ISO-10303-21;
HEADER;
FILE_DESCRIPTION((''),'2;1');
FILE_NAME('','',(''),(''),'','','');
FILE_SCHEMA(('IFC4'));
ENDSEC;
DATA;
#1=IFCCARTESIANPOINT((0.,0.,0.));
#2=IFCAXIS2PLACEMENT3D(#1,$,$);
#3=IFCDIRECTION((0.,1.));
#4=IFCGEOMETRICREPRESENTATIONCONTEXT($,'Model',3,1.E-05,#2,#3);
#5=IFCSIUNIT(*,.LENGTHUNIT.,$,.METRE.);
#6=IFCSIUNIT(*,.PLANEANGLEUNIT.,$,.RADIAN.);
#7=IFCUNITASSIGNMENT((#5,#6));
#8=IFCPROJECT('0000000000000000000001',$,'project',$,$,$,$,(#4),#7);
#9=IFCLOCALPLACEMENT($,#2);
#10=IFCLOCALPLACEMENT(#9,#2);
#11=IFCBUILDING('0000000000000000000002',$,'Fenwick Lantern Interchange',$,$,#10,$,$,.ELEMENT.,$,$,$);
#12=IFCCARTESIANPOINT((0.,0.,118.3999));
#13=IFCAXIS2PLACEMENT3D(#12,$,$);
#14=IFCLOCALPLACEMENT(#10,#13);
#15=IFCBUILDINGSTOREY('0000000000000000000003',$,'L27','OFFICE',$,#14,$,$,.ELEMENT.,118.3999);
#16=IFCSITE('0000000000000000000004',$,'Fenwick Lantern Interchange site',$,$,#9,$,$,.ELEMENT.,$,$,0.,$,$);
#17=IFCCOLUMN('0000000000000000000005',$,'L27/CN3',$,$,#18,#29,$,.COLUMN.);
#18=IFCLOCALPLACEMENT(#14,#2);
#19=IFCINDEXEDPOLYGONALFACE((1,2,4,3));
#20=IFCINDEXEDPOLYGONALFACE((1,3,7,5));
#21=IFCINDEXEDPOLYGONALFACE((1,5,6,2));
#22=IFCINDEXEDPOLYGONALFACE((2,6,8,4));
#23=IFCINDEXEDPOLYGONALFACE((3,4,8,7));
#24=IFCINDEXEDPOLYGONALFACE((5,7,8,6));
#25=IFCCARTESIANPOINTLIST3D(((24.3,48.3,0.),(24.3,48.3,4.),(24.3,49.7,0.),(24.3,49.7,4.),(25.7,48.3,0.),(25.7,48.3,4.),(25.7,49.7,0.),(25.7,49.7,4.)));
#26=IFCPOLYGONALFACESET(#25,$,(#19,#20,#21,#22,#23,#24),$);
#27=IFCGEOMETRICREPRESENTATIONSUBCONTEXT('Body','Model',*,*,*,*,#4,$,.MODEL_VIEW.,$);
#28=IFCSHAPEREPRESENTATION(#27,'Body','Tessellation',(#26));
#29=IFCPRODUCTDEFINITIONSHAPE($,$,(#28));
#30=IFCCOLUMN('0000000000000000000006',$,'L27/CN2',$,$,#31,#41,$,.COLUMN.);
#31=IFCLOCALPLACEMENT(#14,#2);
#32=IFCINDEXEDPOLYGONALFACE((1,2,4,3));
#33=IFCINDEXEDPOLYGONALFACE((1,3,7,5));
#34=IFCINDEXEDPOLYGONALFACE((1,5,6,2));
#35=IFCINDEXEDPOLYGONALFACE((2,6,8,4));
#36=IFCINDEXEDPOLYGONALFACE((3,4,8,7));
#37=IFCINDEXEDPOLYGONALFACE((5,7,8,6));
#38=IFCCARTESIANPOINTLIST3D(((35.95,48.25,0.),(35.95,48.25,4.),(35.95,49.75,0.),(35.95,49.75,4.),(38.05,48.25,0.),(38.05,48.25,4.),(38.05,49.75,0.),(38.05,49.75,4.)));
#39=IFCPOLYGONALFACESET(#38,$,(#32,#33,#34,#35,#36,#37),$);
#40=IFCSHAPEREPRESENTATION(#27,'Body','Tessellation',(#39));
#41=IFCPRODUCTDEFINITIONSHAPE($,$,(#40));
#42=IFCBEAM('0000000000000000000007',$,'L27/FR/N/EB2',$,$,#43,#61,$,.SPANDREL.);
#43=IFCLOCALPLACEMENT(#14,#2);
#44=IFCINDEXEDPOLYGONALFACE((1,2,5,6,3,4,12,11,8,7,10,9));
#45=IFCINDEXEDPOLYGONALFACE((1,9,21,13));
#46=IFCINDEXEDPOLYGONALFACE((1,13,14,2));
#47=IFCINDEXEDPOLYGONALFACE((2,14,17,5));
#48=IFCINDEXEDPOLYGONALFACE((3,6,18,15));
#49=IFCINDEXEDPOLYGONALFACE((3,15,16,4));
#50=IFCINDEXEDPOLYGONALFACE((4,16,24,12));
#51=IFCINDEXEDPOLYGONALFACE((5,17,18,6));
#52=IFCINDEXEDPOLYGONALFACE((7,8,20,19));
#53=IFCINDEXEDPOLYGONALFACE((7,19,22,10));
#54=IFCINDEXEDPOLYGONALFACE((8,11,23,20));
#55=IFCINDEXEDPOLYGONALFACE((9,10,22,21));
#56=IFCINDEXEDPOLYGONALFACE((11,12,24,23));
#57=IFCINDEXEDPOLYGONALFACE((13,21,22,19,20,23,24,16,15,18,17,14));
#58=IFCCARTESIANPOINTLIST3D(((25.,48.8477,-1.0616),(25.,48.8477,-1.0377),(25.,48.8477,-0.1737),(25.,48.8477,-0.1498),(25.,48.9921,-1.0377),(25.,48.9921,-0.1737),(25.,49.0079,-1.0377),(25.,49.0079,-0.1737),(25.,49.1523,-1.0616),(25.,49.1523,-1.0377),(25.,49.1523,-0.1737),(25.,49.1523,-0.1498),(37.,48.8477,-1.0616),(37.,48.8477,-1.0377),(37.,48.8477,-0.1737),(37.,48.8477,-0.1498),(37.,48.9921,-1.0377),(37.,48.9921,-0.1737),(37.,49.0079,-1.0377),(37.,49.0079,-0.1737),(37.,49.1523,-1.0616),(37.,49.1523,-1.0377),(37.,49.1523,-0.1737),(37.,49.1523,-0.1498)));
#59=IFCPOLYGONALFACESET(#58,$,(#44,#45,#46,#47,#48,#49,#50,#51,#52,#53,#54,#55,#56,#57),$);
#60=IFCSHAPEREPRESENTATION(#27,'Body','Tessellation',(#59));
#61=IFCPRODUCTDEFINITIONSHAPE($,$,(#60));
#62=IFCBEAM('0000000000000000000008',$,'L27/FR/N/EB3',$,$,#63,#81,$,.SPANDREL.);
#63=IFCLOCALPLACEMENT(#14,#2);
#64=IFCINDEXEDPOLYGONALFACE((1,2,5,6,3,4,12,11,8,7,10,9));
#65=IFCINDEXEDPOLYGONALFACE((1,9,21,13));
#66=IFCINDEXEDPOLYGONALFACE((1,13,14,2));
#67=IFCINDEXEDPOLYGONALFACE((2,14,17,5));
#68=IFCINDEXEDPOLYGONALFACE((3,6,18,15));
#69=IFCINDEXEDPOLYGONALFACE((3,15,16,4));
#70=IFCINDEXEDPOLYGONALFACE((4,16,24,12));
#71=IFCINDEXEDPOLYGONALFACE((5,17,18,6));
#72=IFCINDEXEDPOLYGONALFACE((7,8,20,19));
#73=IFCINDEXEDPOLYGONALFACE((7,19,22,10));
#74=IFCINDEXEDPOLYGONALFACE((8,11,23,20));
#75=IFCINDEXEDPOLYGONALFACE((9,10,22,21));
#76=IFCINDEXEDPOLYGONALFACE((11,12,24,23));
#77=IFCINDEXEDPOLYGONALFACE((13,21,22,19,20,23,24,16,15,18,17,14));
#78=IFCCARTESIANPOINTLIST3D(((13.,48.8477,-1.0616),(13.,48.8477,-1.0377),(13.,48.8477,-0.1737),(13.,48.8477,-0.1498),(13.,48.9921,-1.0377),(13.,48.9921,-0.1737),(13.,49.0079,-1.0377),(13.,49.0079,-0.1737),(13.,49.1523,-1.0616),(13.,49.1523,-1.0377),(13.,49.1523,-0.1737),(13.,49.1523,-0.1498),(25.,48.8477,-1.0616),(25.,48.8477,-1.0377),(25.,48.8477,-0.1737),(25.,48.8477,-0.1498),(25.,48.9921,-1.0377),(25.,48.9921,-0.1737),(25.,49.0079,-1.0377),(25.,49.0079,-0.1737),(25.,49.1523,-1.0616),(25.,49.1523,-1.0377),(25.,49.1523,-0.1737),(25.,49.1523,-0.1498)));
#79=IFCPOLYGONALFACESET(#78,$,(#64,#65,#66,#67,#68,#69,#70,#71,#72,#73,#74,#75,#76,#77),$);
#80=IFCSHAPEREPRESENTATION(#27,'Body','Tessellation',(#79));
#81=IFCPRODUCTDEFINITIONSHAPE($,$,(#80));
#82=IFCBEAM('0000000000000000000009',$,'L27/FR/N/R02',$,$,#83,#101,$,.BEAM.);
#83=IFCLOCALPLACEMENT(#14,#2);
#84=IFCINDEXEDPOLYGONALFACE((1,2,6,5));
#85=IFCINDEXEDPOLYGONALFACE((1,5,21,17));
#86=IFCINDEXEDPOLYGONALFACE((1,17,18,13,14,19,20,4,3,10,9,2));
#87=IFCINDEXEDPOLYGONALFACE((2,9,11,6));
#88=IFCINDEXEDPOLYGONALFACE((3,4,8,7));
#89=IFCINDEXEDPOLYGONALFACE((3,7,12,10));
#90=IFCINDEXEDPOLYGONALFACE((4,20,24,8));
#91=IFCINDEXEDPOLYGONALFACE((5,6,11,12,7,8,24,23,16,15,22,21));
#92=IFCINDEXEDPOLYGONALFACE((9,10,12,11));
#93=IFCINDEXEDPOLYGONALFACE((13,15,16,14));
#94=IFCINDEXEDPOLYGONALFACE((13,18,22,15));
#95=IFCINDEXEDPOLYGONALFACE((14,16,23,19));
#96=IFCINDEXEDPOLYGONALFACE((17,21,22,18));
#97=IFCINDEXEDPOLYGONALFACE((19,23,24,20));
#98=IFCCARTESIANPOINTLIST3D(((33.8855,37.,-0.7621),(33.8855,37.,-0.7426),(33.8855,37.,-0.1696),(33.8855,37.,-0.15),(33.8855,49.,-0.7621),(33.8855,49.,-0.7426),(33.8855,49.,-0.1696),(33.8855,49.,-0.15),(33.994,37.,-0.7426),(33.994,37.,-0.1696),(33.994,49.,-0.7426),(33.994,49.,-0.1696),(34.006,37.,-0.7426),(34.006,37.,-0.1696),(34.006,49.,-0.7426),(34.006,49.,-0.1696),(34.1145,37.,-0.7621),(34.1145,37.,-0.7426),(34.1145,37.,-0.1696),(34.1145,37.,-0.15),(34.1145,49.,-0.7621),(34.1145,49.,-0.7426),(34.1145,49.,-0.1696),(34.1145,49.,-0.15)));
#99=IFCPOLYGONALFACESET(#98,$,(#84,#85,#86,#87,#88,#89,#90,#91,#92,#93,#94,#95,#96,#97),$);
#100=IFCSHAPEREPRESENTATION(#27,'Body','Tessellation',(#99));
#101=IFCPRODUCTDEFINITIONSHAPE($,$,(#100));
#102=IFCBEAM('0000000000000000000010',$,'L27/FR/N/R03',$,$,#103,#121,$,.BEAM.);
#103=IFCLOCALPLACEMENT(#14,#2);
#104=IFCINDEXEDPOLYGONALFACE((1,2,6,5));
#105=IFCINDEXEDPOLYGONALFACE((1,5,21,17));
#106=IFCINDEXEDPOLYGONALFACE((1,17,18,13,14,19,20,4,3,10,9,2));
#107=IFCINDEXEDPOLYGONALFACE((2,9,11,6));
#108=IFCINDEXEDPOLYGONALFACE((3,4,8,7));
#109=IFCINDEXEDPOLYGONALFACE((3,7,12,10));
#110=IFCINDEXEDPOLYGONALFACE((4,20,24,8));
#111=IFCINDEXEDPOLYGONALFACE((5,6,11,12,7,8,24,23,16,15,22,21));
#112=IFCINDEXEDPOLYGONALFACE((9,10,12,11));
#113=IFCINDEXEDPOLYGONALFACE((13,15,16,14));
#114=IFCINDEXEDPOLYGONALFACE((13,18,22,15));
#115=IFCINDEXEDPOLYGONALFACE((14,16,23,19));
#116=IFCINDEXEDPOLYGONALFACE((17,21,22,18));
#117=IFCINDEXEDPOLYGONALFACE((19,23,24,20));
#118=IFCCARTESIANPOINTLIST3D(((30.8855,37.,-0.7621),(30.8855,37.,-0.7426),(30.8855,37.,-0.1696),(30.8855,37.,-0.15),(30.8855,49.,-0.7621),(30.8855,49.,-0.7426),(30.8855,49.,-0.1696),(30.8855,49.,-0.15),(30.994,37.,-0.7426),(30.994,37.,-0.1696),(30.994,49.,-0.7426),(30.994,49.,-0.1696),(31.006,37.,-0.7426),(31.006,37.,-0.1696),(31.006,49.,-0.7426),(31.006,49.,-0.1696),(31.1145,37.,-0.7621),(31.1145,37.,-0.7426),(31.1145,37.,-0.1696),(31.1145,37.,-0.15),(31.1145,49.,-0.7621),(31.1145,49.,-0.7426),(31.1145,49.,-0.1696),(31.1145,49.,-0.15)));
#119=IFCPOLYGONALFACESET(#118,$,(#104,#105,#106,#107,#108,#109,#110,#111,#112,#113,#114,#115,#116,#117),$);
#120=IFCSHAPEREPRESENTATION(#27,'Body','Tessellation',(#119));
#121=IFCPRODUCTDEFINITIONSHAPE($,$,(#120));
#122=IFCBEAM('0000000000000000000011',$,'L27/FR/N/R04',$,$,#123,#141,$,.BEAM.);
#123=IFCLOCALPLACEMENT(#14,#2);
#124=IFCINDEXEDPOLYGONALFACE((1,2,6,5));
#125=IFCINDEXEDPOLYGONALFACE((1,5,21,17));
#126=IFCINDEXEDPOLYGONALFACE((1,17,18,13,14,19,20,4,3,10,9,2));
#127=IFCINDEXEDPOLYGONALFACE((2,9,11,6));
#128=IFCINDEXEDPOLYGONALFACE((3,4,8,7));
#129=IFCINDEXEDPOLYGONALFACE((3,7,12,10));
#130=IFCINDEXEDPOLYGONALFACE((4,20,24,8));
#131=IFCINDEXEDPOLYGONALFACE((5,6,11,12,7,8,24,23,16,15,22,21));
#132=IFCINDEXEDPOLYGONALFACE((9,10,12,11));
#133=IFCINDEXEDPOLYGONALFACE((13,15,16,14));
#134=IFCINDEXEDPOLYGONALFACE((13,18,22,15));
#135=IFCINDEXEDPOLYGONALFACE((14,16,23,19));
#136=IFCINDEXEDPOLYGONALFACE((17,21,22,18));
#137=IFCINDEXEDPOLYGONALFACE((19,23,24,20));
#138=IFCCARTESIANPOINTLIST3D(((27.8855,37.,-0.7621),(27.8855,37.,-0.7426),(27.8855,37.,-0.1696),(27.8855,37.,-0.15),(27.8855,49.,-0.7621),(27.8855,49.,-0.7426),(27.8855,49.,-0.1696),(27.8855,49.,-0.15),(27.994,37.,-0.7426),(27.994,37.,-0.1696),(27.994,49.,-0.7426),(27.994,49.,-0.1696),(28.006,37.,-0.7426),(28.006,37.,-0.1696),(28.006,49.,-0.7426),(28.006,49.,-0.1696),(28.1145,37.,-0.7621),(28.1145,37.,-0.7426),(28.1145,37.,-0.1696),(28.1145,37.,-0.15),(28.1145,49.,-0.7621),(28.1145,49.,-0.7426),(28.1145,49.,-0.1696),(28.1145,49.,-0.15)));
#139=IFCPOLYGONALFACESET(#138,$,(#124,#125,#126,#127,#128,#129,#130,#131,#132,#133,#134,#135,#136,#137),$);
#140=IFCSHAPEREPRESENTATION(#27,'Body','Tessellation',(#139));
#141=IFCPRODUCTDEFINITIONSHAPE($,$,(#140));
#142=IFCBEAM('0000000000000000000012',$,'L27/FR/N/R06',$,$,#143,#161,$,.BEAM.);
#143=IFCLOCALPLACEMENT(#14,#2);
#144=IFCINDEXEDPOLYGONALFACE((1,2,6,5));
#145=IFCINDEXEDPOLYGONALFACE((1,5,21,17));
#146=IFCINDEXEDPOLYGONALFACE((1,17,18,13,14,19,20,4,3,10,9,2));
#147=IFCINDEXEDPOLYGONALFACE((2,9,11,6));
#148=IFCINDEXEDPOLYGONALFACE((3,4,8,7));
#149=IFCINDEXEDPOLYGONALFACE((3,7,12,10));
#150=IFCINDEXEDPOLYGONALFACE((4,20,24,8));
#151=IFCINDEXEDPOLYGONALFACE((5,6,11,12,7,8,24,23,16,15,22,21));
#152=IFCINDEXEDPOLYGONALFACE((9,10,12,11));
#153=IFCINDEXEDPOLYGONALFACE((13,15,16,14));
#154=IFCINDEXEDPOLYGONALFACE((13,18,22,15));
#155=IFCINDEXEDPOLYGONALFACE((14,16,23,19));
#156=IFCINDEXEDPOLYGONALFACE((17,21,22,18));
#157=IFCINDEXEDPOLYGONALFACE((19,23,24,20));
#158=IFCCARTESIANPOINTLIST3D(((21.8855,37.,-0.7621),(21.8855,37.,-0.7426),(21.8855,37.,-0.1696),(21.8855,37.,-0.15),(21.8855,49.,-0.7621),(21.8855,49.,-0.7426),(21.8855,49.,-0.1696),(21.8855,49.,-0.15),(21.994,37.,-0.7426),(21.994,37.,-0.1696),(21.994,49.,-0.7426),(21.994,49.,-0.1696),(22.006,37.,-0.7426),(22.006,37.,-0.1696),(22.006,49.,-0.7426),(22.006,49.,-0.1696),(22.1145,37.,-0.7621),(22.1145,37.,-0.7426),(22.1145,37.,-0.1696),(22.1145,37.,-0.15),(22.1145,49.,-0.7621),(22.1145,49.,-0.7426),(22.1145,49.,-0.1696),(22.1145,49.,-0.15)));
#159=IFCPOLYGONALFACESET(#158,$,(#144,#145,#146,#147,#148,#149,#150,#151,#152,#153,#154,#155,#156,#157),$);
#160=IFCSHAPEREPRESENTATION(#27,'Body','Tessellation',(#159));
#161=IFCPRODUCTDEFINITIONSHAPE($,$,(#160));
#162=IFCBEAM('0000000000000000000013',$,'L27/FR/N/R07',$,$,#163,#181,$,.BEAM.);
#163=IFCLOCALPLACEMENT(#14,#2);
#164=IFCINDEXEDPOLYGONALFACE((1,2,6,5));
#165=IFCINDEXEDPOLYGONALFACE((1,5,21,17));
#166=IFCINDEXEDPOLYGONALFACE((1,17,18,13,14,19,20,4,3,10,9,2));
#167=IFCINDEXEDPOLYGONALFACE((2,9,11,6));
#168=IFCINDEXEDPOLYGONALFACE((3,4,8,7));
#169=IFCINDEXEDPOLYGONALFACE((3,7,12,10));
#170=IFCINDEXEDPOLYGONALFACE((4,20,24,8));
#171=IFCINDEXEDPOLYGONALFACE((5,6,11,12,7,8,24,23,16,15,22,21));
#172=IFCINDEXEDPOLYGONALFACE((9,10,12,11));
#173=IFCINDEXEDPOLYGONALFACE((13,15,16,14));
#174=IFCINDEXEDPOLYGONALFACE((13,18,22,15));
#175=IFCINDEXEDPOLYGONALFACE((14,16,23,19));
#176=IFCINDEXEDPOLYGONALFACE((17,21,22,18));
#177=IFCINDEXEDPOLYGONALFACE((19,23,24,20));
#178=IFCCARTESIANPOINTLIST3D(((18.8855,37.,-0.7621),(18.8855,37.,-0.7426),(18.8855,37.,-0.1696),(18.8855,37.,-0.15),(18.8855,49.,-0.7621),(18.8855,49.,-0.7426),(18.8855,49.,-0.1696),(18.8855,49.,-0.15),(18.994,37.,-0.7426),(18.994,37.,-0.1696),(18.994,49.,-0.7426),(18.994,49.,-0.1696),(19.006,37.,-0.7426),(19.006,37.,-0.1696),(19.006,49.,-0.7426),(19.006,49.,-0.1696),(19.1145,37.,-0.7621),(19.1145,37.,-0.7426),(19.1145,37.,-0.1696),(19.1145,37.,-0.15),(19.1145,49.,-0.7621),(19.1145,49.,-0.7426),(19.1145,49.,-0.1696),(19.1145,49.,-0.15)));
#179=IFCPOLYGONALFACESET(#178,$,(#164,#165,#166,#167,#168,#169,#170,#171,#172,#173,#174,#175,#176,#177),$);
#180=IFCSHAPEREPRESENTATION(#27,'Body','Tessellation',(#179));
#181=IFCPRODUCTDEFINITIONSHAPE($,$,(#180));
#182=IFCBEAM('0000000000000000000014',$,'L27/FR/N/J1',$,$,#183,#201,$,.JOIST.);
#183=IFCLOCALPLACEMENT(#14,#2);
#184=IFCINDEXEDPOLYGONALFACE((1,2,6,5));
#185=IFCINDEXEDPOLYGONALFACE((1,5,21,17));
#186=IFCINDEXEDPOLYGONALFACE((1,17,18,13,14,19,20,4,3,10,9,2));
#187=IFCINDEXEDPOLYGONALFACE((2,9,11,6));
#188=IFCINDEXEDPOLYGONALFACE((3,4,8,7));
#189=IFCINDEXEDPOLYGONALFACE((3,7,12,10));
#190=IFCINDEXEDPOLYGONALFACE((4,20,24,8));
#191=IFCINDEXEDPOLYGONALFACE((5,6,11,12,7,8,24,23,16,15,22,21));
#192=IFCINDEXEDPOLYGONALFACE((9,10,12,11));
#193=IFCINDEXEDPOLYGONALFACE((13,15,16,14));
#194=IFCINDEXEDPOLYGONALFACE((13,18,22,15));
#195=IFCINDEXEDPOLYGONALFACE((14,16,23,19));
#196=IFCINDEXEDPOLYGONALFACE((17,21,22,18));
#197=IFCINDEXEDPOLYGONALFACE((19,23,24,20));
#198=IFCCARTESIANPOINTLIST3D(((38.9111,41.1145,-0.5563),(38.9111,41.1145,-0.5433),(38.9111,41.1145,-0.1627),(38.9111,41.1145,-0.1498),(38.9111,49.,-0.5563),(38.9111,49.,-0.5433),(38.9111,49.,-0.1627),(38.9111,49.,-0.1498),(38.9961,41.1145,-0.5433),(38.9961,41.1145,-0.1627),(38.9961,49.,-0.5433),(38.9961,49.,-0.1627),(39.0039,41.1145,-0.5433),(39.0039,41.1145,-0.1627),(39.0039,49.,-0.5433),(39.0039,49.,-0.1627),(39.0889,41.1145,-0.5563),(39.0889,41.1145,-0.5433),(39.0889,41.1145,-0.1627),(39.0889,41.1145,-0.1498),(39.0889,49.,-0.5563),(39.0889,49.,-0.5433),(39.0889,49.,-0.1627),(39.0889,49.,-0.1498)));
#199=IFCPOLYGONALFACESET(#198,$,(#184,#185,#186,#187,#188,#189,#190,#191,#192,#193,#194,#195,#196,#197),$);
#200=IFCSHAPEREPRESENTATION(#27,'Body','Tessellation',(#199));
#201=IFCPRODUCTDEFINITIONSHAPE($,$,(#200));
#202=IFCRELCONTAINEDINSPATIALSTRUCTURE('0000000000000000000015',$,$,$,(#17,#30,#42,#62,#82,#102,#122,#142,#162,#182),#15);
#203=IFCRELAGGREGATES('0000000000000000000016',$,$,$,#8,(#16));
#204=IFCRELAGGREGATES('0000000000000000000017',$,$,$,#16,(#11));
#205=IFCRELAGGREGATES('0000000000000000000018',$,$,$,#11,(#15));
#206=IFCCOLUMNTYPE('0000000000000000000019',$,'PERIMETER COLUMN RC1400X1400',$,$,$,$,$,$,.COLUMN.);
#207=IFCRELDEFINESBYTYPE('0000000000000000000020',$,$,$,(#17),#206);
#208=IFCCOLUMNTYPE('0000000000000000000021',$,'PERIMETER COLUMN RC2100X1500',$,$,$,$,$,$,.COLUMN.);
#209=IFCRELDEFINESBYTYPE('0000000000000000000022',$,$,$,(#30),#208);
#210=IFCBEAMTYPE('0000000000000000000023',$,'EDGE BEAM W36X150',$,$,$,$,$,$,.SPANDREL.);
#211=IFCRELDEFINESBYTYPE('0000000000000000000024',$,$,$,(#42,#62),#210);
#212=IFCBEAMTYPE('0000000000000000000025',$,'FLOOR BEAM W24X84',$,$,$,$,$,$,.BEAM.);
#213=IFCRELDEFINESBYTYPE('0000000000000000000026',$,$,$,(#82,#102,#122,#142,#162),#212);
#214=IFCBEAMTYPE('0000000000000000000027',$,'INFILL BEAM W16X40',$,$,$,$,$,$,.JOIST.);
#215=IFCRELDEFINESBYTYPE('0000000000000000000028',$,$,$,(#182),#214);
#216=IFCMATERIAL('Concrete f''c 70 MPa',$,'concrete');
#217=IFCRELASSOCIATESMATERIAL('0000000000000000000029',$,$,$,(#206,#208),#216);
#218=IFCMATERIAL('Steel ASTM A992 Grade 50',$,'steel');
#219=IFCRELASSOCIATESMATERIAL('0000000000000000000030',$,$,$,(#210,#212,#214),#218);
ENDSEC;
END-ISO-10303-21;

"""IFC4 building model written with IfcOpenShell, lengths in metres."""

from ifc_helpers import new_model, si_unit, direction, frame, origin, origin_2d, place, context, subcontext, project, spatial, rectangle, i_section, extrude, material, material_profile, profile_set, type_object, element, save


model = new_model("IFC4")

# Units and contexts
model_context = context("Model", 3, precision=1e-05, world=origin(), true_north=direction((0.0, 1.0)))
body_context = subcontext(model_context, "Body", "Model", "MODEL_VIEW")
ifc_project = project(units=[si_unit("LENGTHUNIT", "METRE"), si_unit("PLANEANGLEUNIT", "RADIAN")], contexts=[model_context])

# Site, building, storey
site_placement = place(None, origin())
site = spatial("IfcSite", under=ifc_project, at=site_placement, Name="Fenwick Lantern Interchange site", CompositionType="ELEMENT", RefElevation=0.0)
building_placement = place(site_placement, origin())
building = spatial("IfcBuilding", under=site, at=building_placement, Name="Fenwick Lantern Interchange", CompositionType="ELEMENT")
storey_placement = place(building_placement, frame((0.0, 0.0, 118.3999)))
storey = spatial("IfcBuildingStorey", under=building, at=storey_placement, Name="L27", Description="OFFICE", CompositionType="ELEMENT", Elevation=118.3999)

# Columns
ifc_material_1 = material(Name="Concrete f'c 70 MPa", Category="concrete")
ifc_material_profile_1 = material_profile(ifc_material_1, rectangle(XDim=1.3999, YDim=1.3999, at=origin_2d()), Name="RC1400X1400")
ifc_profile_set_1 = profile_set([ifc_material_profile_1], Name="Concrete f'c 70 MPa")
column_type_1 = type_object("IfcColumnType", Name="PERIMETER COLUMN RC1400X1400", PredefinedType="COLUMN", material=ifc_profile_set_1)
column_1_placement = place(storey_placement, frame((25.0, 49.0, 0.0), z_axis=(0.0, 0.0, 1.0), x_axis=(1.0, 0.0, 0.0)))
element("IfcColumn", 1, at=column_1_placement, inside=storey, type_object=column_type_1, Name="L27/CN3", PredefinedType="COLUMN", context=body_context, shape_type="SweptSolid", body=[
    extrude(rectangle(XDim=1.3999, YDim=1.3999, at=origin_2d()), origin(), (0.0, 0.0, 1.0), 4.0),
])
ifc_material_profile_2 = material_profile(ifc_material_1, rectangle(XDim=2.1001, YDim=1.5, at=origin_2d()), Name="RC2100X1500")
ifc_profile_set_2 = profile_set([ifc_material_profile_2], Name="Concrete f'c 70 MPa")
column_type_2 = type_object("IfcColumnType", Name="PERIMETER COLUMN RC2100X1500", PredefinedType="COLUMN", material=ifc_profile_set_2)
column_2_placement = place(storey_placement, frame((37.0, 49.0, 0.0), z_axis=(0.0, 0.0, 1.0), x_axis=(1.0, 0.0, 0.0)))
element("IfcColumn", 2, at=column_2_placement, inside=storey, type_object=column_type_2, Name="L27/CN2", PredefinedType="COLUMN", context=body_context, shape_type="SweptSolid", body=[
    extrude(rectangle(XDim=2.1001, YDim=1.5, at=origin_2d()), origin(), (0.0, 0.0, 1.0), 4.0),
])

# Beams
ifc_material_2 = material(Name="Steel ASTM A992 Grade 50", Category="steel")
ifc_material_profile_3 = material_profile(ifc_material_2, i_section(OverallWidth=0.3047, OverallDepth=0.9119, WebThickness=0.0159, FlangeThickness=0.0239, at=origin_2d()), Name="W36X150")
ifc_profile_set_3 = profile_set([ifc_material_profile_3], Name="Steel ASTM A992 Grade 50")
beam_type_1 = type_object("IfcBeamType", Name="EDGE BEAM W36X150", PredefinedType="SPANDREL", material=ifc_profile_set_3)
for number, where, z_axis, x_axis, name in (
    (3, (37.0, 49.0, -0.6057), (-1.0, 0.0, 0.0), (0.0, -1.0, 0.0), "L27/FR/N/EB2"),
    (4, (25.0, 49.0, -0.6057), (-1.0, 0.0, 0.0), (0.0, -1.0, 0.0), "L27/FR/N/EB3"),
):
    element("IfcBeam", number, at=place(storey_placement, frame(where, z_axis=z_axis, x_axis=x_axis)), inside=storey, type_object=beam_type_1, Name=name, PredefinedType="SPANDREL", context=body_context, shape_type="SweptSolid", body=[
        extrude(i_section(OverallWidth=0.3047, OverallDepth=0.9119, WebThickness=0.0159, FlangeThickness=0.0239, at=origin_2d()), origin(), (0.0, 0.0, 1.0), 12.0),
    ])
ifc_material_profile_4 = material_profile(ifc_material_2, i_section(OverallWidth=0.229, OverallDepth=0.6121, WebThickness=0.012, FlangeThickness=0.0195, at=origin_2d()), Name="W24X84")
ifc_profile_set_4 = profile_set([ifc_material_profile_4], Name="Steel ASTM A992 Grade 50")
beam_type_2 = type_object("IfcBeamType", Name="FLOOR BEAM W24X84", PredefinedType="BEAM", material=ifc_profile_set_4)
for number, where, z_axis, x_axis, name in (
    (5, (34.0, 49.0, -0.4561), (0.0, -1.0, 0.0), (1.0, 0.0, 0.0), "L27/FR/N/R02"),
    (6, (31.0, 49.0, -0.4561), (0.0, -1.0, 0.0), (1.0, 0.0, 0.0), "L27/FR/N/R03"),
    (7, (28.0, 49.0, -0.4561), (0.0, -1.0, 0.0), (1.0, 0.0, 0.0), "L27/FR/N/R04"),
    (8, (22.0, 49.0, -0.4561), (0.0, -1.0, 0.0), (1.0, 0.0, 0.0), "L27/FR/N/R06"),
    (9, (19.0, 49.0, -0.4561), (0.0, -1.0, 0.0), (1.0, 0.0, 0.0), "L27/FR/N/R07"),
):
    element("IfcBeam", number, at=place(storey_placement, frame(where, z_axis=z_axis, x_axis=x_axis)), inside=storey, type_object=beam_type_2, Name=name, PredefinedType="BEAM", context=body_context, shape_type="SweptSolid", body=[
        extrude(i_section(OverallWidth=0.229, OverallDepth=0.6121, WebThickness=0.012, FlangeThickness=0.0195, at=origin_2d()), origin(), (0.0, 0.0, 1.0), 12.0),
    ])
ifc_material_profile_5 = material_profile(ifc_material_2, i_section(OverallWidth=0.1777, OverallDepth=0.4065, WebThickness=0.0078, FlangeThickness=0.0129, at=origin_2d()), Name="W16X40")
ifc_profile_set_5 = profile_set([ifc_material_profile_5], Name="Steel ASTM A992 Grade 50")
beam_type_3 = type_object("IfcBeamType", Name="INFILL BEAM W16X40", PredefinedType="JOIST", material=ifc_profile_set_5)
beam_1_placement = place(storey_placement, frame((39.0, 49.0, -0.353), z_axis=(0.0, -1.0, 0.0), x_axis=(1.0, 0.0, 0.0)))
element("IfcBeam", 10, at=beam_1_placement, inside=storey, type_object=beam_type_3, Name="L27/FR/N/J1", PredefinedType="JOIST", context=body_context, shape_type="SweptSolid", body=[
    extrude(i_section(OverallWidth=0.1777, OverallDepth=0.4065, WebThickness=0.0078, FlangeThickness=0.0129, at=origin_2d()), origin(), (0.0, 0.0, 1.0), 7.8855),
])

save(model, "model.ifc")
